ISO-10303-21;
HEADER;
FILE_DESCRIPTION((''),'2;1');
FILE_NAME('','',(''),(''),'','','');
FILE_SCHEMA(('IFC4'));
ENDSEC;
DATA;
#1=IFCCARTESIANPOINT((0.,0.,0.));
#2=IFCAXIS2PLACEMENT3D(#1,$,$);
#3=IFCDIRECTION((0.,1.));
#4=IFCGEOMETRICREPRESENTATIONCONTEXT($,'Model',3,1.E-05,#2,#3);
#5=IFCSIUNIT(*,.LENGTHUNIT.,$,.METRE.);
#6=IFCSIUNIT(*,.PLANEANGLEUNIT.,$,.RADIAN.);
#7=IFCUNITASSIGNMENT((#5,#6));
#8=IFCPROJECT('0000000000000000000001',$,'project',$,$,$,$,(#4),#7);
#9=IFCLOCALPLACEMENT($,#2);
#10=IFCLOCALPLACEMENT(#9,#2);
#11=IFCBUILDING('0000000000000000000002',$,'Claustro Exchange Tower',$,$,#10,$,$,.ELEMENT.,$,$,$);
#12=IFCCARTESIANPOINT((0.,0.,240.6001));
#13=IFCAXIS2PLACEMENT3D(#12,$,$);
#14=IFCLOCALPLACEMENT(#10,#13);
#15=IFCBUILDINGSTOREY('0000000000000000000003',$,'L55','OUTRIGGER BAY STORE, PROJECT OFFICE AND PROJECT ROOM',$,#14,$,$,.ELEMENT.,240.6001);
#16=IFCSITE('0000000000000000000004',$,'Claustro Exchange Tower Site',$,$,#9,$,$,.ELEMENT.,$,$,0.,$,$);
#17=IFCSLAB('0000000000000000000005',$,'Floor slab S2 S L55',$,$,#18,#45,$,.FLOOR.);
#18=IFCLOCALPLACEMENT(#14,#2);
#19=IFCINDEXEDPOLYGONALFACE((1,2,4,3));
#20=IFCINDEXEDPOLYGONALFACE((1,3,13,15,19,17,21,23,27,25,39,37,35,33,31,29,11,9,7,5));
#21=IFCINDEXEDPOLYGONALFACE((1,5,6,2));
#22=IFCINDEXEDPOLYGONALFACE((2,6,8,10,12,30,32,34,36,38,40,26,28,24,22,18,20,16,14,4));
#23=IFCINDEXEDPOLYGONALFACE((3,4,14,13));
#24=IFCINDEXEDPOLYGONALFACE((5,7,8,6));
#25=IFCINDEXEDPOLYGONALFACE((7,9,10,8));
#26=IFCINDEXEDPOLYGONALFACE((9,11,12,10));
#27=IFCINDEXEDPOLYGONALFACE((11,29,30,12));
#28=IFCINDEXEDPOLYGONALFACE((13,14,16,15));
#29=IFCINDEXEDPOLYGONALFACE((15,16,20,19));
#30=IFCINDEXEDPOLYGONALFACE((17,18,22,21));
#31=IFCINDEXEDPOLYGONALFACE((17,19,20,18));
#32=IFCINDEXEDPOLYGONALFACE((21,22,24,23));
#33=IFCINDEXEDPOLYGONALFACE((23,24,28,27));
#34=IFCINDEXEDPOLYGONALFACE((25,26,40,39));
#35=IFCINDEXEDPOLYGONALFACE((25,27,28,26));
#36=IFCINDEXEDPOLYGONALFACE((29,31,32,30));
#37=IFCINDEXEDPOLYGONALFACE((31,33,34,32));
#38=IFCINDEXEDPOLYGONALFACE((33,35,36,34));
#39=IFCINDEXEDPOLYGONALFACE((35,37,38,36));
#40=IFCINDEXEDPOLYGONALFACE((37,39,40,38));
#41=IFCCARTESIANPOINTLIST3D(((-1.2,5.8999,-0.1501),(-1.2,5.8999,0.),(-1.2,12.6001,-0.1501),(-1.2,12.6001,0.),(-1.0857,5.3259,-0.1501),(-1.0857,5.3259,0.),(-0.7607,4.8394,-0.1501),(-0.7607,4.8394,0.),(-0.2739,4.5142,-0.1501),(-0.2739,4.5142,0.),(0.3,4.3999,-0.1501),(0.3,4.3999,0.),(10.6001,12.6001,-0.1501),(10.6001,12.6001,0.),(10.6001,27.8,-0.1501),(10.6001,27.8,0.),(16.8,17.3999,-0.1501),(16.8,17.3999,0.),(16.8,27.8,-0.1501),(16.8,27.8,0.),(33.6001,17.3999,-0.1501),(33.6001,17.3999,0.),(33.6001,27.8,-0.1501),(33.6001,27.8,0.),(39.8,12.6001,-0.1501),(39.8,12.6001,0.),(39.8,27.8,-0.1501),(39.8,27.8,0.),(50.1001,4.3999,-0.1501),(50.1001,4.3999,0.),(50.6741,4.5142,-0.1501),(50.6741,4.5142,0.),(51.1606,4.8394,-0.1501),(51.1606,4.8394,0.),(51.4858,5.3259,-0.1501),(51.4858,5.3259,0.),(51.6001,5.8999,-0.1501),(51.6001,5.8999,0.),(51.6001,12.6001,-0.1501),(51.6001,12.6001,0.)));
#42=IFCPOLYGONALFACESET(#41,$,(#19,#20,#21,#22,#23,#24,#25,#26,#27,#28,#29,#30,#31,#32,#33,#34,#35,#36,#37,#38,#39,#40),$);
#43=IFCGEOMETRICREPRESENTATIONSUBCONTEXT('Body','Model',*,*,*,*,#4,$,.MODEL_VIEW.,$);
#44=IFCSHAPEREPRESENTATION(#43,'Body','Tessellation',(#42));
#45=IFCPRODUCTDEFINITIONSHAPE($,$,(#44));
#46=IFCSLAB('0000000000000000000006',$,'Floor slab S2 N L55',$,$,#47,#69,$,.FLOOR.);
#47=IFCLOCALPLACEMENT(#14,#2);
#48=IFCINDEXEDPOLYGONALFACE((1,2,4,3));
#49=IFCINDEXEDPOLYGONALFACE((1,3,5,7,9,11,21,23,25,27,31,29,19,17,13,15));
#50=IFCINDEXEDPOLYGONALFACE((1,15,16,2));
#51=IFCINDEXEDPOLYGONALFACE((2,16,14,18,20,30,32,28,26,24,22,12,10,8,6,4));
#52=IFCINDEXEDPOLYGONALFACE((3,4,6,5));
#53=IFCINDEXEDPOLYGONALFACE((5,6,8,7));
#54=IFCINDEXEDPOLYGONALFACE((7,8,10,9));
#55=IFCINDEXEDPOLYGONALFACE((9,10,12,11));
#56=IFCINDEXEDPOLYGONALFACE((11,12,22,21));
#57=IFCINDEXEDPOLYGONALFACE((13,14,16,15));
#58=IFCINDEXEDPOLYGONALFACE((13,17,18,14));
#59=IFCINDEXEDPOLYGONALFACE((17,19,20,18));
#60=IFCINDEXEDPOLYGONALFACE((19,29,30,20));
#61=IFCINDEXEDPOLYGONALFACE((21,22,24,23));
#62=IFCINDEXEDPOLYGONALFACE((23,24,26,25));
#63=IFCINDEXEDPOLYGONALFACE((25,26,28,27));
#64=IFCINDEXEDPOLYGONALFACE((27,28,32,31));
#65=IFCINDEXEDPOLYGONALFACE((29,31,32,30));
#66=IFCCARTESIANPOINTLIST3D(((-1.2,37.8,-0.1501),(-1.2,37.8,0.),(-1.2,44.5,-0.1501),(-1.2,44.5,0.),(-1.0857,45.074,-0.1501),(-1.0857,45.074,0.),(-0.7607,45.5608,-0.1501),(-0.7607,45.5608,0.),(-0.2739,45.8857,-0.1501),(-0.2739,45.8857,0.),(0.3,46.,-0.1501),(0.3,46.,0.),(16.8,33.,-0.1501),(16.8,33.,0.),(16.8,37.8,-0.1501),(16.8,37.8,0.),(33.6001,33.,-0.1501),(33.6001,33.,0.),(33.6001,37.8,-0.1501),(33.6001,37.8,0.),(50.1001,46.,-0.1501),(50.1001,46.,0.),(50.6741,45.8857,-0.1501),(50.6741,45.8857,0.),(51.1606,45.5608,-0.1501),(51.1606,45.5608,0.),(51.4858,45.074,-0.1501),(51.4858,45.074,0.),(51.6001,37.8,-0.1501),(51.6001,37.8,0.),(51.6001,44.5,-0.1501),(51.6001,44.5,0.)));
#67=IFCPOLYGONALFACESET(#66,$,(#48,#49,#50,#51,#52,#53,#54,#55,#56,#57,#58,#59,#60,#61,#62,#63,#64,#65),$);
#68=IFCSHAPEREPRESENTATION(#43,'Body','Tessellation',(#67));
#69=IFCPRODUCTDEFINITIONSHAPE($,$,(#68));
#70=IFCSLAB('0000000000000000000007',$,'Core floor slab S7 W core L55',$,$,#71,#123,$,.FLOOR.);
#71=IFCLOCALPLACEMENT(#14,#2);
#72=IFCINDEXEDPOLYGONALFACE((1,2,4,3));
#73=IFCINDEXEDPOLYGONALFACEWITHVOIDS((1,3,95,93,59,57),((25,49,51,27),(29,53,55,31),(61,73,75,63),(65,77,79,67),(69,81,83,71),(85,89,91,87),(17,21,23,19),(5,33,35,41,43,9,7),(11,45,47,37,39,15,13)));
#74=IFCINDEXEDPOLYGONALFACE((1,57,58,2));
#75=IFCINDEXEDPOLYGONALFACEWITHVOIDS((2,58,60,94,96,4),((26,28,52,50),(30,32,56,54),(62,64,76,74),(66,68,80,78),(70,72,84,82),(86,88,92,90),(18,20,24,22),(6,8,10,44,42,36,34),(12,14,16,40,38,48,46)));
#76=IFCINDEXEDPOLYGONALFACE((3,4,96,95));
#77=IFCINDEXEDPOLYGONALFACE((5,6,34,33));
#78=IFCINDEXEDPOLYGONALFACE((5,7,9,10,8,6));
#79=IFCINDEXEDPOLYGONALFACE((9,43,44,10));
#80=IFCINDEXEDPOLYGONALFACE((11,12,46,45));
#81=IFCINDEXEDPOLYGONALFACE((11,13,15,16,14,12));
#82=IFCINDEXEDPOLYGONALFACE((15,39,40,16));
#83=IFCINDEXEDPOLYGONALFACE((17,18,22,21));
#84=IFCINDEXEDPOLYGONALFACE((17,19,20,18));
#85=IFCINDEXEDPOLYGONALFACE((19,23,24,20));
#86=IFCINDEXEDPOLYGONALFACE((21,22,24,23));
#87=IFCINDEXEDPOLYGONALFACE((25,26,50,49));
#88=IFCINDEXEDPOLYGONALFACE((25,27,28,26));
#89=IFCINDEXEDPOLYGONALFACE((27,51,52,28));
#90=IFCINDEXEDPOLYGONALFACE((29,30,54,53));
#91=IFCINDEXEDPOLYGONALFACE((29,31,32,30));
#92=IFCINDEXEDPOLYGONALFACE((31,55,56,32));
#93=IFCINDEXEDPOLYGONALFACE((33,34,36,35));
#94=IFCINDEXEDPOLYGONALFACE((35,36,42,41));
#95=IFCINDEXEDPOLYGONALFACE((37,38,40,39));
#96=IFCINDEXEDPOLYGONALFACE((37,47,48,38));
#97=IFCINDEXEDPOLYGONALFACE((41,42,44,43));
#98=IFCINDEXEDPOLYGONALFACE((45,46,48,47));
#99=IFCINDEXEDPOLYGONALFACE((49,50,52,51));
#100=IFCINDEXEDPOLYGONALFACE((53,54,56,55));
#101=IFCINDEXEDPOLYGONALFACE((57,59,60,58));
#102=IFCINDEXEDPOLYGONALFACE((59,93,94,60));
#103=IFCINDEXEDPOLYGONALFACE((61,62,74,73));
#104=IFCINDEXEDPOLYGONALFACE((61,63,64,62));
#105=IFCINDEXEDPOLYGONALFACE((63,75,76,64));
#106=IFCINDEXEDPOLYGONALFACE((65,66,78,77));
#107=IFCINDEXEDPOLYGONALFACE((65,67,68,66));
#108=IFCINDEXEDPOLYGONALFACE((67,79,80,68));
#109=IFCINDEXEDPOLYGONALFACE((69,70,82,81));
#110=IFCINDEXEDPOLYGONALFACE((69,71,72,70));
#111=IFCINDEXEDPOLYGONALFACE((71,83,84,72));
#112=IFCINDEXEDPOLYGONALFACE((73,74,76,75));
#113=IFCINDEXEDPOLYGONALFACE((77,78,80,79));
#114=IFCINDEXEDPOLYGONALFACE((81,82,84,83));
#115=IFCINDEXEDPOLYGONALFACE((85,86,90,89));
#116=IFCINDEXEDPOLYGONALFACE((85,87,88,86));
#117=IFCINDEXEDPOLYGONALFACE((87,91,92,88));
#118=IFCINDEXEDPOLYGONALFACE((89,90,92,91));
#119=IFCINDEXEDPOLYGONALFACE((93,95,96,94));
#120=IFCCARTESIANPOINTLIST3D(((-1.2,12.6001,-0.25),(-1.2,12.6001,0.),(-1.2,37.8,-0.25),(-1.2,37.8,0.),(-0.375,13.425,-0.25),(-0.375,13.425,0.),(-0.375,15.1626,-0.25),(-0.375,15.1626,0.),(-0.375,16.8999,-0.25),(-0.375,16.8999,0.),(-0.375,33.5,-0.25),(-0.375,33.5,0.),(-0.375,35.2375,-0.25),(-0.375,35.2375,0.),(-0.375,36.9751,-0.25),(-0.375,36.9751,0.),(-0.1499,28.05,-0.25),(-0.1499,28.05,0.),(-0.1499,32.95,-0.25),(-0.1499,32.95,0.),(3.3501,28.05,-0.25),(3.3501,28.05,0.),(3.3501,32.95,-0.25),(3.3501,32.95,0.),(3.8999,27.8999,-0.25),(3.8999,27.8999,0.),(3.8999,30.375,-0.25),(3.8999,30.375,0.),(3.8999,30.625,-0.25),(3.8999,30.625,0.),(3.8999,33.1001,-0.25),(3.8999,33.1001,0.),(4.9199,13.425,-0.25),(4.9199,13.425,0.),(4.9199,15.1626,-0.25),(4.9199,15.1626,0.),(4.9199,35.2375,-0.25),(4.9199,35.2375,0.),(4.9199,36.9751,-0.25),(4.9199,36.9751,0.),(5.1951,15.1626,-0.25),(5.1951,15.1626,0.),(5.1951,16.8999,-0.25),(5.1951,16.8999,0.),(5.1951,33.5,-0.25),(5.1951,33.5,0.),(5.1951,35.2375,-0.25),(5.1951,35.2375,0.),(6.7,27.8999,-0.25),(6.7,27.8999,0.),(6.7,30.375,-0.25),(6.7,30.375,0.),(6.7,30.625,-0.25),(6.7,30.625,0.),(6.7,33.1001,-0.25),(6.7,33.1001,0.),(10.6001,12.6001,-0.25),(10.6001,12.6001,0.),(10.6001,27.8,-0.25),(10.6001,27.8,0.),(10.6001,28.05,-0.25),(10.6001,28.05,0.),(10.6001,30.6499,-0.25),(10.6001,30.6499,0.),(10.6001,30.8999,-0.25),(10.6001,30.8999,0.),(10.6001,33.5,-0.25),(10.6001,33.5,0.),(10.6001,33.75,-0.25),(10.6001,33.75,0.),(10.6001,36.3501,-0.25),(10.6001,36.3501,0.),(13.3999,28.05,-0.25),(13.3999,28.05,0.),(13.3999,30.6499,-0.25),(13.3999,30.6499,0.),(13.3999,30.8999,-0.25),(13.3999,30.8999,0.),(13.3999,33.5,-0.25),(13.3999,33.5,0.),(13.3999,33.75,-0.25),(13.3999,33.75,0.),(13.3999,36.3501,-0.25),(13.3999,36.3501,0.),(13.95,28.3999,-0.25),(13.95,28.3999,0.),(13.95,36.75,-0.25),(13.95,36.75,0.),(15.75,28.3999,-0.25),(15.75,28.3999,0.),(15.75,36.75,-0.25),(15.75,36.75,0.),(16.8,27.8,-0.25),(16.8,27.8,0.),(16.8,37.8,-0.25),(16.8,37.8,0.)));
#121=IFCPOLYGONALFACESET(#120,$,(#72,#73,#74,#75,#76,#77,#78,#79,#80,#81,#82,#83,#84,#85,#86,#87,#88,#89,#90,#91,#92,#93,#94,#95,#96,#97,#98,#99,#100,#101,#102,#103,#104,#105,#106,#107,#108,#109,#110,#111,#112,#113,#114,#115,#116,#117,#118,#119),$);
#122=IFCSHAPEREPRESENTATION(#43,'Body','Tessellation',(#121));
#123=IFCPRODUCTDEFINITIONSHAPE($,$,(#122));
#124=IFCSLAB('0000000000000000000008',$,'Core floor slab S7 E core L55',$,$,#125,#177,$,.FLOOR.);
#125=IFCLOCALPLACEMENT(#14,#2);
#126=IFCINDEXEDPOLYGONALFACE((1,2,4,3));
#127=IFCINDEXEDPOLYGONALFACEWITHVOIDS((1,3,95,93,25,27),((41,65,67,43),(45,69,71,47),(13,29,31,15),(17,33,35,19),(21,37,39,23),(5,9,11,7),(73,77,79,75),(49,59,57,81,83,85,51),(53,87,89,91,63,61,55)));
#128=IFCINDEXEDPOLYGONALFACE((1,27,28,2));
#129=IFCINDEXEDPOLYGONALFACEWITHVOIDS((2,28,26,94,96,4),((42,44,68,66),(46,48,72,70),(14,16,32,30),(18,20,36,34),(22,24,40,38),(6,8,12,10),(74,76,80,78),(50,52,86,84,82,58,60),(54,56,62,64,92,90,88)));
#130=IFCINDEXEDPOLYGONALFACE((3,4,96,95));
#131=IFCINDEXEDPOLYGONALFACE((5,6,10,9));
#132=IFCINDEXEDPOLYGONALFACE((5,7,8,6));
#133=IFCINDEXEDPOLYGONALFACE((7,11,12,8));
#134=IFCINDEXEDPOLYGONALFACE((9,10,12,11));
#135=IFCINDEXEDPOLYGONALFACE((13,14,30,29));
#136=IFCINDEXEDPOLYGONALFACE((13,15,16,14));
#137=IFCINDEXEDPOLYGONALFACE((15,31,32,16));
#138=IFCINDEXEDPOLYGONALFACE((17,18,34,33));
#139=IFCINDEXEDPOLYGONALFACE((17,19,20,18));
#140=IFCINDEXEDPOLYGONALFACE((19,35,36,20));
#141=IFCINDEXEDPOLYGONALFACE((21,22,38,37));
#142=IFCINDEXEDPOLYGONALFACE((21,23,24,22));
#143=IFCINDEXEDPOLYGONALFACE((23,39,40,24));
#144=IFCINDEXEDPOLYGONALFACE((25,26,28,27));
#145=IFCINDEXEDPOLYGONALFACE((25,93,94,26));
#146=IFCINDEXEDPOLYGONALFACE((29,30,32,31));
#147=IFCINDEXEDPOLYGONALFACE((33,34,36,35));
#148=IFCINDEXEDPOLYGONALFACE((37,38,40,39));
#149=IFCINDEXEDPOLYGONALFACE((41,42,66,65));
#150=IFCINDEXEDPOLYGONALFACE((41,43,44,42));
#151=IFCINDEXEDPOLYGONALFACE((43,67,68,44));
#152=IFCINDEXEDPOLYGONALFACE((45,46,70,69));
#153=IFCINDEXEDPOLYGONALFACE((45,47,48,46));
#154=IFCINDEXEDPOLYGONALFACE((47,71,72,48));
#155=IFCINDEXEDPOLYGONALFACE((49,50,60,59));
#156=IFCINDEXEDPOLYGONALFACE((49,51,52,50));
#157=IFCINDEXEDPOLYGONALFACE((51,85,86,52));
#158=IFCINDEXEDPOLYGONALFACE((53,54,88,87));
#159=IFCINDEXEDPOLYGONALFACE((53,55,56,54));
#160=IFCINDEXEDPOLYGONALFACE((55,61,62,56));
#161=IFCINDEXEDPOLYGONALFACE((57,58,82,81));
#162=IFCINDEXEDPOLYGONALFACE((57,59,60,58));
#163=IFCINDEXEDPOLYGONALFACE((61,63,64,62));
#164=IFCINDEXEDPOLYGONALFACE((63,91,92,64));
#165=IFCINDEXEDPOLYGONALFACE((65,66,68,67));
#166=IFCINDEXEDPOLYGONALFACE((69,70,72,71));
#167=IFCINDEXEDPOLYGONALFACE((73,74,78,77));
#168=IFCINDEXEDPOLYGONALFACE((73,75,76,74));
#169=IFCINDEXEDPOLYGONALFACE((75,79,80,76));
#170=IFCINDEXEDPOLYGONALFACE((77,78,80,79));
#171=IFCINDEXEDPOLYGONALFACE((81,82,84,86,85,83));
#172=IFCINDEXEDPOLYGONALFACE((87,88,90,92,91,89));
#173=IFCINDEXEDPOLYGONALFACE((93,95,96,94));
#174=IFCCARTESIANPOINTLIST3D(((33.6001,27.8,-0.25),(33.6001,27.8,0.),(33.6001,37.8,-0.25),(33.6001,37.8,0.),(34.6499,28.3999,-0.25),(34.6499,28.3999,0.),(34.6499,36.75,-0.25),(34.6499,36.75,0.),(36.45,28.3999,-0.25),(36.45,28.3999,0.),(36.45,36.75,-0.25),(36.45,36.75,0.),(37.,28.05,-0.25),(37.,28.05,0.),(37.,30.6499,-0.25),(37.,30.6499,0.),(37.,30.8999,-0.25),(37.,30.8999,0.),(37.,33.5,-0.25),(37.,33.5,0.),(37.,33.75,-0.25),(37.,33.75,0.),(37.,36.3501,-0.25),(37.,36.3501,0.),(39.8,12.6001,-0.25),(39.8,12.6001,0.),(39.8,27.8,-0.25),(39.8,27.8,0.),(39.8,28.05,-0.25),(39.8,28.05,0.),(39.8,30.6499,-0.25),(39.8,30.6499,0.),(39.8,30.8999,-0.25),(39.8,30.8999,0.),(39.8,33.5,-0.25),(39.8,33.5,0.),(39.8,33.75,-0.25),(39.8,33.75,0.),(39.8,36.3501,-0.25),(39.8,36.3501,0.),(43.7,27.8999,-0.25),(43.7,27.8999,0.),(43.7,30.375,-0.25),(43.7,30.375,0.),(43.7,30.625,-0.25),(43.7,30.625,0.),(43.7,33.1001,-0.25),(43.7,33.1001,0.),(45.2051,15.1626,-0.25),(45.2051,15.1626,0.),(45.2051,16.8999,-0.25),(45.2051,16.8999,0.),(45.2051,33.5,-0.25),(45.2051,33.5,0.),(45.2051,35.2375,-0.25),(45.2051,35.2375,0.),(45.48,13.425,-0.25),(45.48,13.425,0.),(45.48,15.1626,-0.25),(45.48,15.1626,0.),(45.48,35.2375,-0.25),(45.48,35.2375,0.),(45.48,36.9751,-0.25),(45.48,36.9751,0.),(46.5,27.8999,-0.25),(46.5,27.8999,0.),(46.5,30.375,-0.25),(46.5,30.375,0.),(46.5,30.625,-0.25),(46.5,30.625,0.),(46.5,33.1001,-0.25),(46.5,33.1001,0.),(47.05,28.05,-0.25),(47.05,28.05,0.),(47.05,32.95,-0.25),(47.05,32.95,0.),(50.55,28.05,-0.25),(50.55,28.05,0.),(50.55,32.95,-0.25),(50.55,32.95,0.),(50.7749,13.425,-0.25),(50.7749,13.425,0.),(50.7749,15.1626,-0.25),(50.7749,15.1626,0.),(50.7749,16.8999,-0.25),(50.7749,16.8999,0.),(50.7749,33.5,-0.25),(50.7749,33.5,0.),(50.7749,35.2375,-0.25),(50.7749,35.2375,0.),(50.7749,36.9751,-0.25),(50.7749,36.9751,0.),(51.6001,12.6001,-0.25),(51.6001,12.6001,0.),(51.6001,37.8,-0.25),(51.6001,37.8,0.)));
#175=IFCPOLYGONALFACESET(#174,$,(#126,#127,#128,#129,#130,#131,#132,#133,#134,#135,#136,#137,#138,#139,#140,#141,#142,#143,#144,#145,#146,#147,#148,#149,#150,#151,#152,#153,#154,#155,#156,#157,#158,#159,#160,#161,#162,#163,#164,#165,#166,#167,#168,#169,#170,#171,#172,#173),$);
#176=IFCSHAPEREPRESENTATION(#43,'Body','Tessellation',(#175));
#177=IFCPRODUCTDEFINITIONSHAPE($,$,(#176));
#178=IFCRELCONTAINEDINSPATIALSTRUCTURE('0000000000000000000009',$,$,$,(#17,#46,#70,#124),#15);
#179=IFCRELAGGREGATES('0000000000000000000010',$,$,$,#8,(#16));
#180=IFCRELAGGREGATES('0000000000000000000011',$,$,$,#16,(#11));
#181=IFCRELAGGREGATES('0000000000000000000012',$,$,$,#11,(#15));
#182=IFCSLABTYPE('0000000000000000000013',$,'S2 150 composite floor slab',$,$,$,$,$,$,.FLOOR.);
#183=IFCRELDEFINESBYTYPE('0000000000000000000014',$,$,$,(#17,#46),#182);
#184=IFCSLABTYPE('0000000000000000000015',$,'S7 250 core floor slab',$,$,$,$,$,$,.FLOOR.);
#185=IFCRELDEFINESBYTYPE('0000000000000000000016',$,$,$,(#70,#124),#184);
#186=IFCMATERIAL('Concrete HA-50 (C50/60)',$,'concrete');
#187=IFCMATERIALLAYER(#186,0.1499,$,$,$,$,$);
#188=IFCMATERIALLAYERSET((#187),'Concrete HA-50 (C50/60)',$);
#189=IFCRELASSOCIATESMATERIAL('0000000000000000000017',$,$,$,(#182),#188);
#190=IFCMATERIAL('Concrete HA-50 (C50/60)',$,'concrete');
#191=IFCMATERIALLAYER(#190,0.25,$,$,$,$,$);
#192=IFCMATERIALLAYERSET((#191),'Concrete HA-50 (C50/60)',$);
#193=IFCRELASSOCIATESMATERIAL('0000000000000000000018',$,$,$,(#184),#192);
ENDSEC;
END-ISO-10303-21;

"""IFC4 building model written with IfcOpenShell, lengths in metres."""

from ifc_helpers import new_model, si_unit, direction, frame, origin, place, context, subcontext, project, spatial, polyline, outline, extrude, material, layer, layer_set, type_object, element, save


model = new_model("IFC4")

# Units and contexts
model_context = context("Model", 3, precision=1e-05, world=origin(), true_north=direction((0.0, 1.0)))
body_context = subcontext(model_context, "Body", "Model", "MODEL_VIEW")
ifc_project = project(units=[si_unit("LENGTHUNIT", "METRE"), si_unit("PLANEANGLEUNIT", "RADIAN")], contexts=[model_context])

# Site, building, storey
site_placement = place(None, origin())
site = spatial("IfcSite", under=ifc_project, at=site_placement, Name="Claustro Exchange Tower Site", CompositionType="ELEMENT", RefElevation=0.0)
building_placement = place(site_placement, origin())
building = spatial("IfcBuilding", under=site, at=building_placement, Name="Claustro Exchange Tower", CompositionType="ELEMENT")
storey_placement = place(building_placement, frame((0.0, 0.0, 240.6001)))
storey = spatial("IfcBuildingStorey", under=building, at=storey_placement, Name="L55", Description="OUTRIGGER BAY STORE, PROJECT OFFICE AND PROJECT ROOM", CompositionType="ELEMENT", Elevation=240.6001)

# Slabs
ifc_material_1 = material(Name="Concrete HA-50 (C50/60)", Category="concrete")
ifc_layer_1 = layer(ifc_material_1, 0.1499)
ifc_layer_set_1 = layer_set([ifc_layer_1], Name="Concrete HA-50 (C50/60)")
slab_type_1 = type_object("IfcSlabType", Name="S2 150 composite floor slab", PredefinedType="FLOOR", material=ifc_layer_set_1)
slab_1_placement = place(storey_placement, frame((0.0, 0.0, -0.1501)))
element("IfcSlab", 1, at=slab_1_placement, inside=storey, type_object=slab_type_1, Name="Floor slab S2 S L55", PredefinedType="FLOOR", context=body_context, shape_type="SweptSolid", body=[
    extrude(outline(polyline([(-0.2739, 4.5142), (0.3, 4.3999), (50.1001, 4.3999), (50.6741, 4.5142), (51.1606, 4.8394), (51.4858, 5.3259), (51.6001, 5.8999), (51.6001, 12.6001), (39.8, 12.6001), (39.8, 27.8), (33.6001, 27.8), (33.6001, 17.3999), (16.8, 17.3999), (16.8, 27.8), (10.6001, 27.8), (10.6001, 12.6001), (-1.2, 12.6001), (-1.2, 5.8999), (-1.0857, 5.3259), (-0.7607, 4.8394), (-0.2739, 4.5142)])), origin(), (0.0, 0.0, 1.0), 0.1501),
])
slab_2_placement = place(storey_placement, frame((0.0, 0.0, -0.1501)))
element("IfcSlab", 2, at=slab_2_placement, inside=storey, type_object=slab_type_1, Name="Floor slab S2 N L55", PredefinedType="FLOOR", context=body_context, shape_type="SweptSolid", body=[
    extrude(outline(polyline([(16.8, 37.8), (16.8, 33.0), (33.6001, 33.0), (33.6001, 37.8), (51.6001, 37.8), (51.6001, 44.5), (51.4858, 45.074), (51.1606, 45.5608), (50.6741, 45.8857), (50.1001, 46.0), (0.3, 46.0), (-0.2739, 45.8857), (-0.7607, 45.5608), (-1.0857, 45.074), (-1.2, 44.5), (-1.2, 37.8), (16.8, 37.8)])), origin(), (0.0, 0.0, 1.0), 0.1501),
])
ifc_material_2 = material(Name="Concrete HA-50 (C50/60)", Category="concrete")
ifc_layer_2 = layer(ifc_material_2, 0.25)
ifc_layer_set_2 = layer_set([ifc_layer_2], Name="Concrete HA-50 (C50/60)")
slab_type_2 = type_object("IfcSlabType", Name="S7 250 core floor slab", PredefinedType="FLOOR", material=ifc_layer_set_2)
slab_3_placement = place(storey_placement, frame((0.0, 0.0, -0.25)))
element("IfcSlab", 3, at=slab_3_placement, inside=storey, type_object=slab_type_2, Name="Core floor slab S7 W core L55", PredefinedType="FLOOR", context=body_context, shape_type="SweptSolid", body=[
    extrude(outline(polyline([(-1.2, 37.8), (-1.2, 12.6001), (10.6001, 12.6001), (10.6001, 27.8), (16.8, 27.8), (16.8, 37.8), (-1.2, 37.8)]), holes=[polyline([(13.95, 36.75), (15.75, 36.75), (15.75, 28.3999), (13.95, 28.3999), (13.95, 36.75)]), polyline([(10.6001, 30.6499), (13.3999, 30.6499), (13.3999, 28.05), (10.6001, 28.05), (10.6001, 30.6499)]), polyline([(10.6001, 33.5), (13.3999, 33.5), (13.3999, 30.8999), (10.6001, 30.8999), (10.6001, 33.5)]), polyline([(13.3999, 36.3501), (13.3999, 33.75), (10.6001, 33.75), (10.6001, 36.3501), (13.3999, 36.3501)]), polyline([(3.8999, 30.375), (6.7, 30.375), (6.7, 27.8999), (3.8999, 27.8999), (3.8999, 30.375)]), polyline([(3.8999, 33.1001), (6.7, 33.1001), (6.7, 30.625), (3.8999, 30.625), (3.8999, 33.1001)]), polyline([(-0.375, 15.1626), (-0.375, 16.8999), (5.1951, 16.8999), (5.1951, 15.1626), (4.9199, 15.1626), (4.9199, 13.425), (-0.375, 13.425), (-0.375, 15.1626)]), polyline([(-0.375, 35.2375), (-0.375, 36.9751), (4.9199, 36.9751), (4.9199, 35.2375), (5.1951, 35.2375), (5.1951, 33.5), (-0.375, 33.5), (-0.375, 35.2375)]), polyline([(-0.1499, 32.95), (3.3501, 32.95), (3.3501, 28.05), (-0.1499, 28.05), (-0.1499, 32.95)])]), origin(), (0.0, 0.0, 1.0), 0.25),
])
slab_4_placement = place(storey_placement, frame((0.0, 0.0, -0.25)))
element("IfcSlab", 4, at=slab_4_placement, inside=storey, type_object=slab_type_2, Name="Core floor slab S7 E core L55", PredefinedType="FLOOR", context=body_context, shape_type="SweptSolid", body=[
    extrude(outline(polyline([(51.6001, 37.8), (33.6001, 37.8), (33.6001, 27.8), (39.8, 27.8), (39.8, 12.6001), (51.6001, 12.6001), (51.6001, 37.8)]), holes=[polyline([(45.48, 15.1626), (45.2051, 15.1626), (45.2051, 16.8999), (50.7749, 16.8999), (50.7749, 15.1626), (50.7749, 13.425), (45.48, 13.425), (45.48, 15.1626)]), polyline([(45.48, 35.2375), (45.48, 36.9751), (50.7749, 36.9751), (50.7749, 35.2375), (50.7749, 33.5), (45.2051, 33.5), (45.2051, 35.2375), (45.48, 35.2375)]), polyline([(47.05, 32.95), (50.55, 32.95), (50.55, 28.05), (47.05, 28.05), (47.05, 32.95)]), polyline([(43.7, 30.375), (46.5, 30.375), (46.5, 27.8999), (43.7, 27.8999), (43.7, 30.375)]), polyline([(43.7, 33.1001), (46.5, 33.1001), (46.5, 30.625), (43.7, 30.625), (43.7, 33.1001)]), polyline([(37.0, 30.6499), (39.8, 30.6499), (39.8, 28.05), (37.0, 28.05), (37.0, 30.6499)]), polyline([(37.0, 33.5), (39.8, 33.5), (39.8, 30.8999), (37.0, 30.8999), (37.0, 33.5)]), polyline([(39.8, 36.3501), (39.8, 33.75), (37.0, 33.75), (37.0, 36.3501), (39.8, 36.3501)]), polyline([(34.6499, 36.75), (36.45, 36.75), (36.45, 28.3999), (34.6499, 28.3999), (34.6499, 36.75)])]), origin(), (0.0, 0.0, 1.0), 0.25),
])

save(model, "model.ifc")
